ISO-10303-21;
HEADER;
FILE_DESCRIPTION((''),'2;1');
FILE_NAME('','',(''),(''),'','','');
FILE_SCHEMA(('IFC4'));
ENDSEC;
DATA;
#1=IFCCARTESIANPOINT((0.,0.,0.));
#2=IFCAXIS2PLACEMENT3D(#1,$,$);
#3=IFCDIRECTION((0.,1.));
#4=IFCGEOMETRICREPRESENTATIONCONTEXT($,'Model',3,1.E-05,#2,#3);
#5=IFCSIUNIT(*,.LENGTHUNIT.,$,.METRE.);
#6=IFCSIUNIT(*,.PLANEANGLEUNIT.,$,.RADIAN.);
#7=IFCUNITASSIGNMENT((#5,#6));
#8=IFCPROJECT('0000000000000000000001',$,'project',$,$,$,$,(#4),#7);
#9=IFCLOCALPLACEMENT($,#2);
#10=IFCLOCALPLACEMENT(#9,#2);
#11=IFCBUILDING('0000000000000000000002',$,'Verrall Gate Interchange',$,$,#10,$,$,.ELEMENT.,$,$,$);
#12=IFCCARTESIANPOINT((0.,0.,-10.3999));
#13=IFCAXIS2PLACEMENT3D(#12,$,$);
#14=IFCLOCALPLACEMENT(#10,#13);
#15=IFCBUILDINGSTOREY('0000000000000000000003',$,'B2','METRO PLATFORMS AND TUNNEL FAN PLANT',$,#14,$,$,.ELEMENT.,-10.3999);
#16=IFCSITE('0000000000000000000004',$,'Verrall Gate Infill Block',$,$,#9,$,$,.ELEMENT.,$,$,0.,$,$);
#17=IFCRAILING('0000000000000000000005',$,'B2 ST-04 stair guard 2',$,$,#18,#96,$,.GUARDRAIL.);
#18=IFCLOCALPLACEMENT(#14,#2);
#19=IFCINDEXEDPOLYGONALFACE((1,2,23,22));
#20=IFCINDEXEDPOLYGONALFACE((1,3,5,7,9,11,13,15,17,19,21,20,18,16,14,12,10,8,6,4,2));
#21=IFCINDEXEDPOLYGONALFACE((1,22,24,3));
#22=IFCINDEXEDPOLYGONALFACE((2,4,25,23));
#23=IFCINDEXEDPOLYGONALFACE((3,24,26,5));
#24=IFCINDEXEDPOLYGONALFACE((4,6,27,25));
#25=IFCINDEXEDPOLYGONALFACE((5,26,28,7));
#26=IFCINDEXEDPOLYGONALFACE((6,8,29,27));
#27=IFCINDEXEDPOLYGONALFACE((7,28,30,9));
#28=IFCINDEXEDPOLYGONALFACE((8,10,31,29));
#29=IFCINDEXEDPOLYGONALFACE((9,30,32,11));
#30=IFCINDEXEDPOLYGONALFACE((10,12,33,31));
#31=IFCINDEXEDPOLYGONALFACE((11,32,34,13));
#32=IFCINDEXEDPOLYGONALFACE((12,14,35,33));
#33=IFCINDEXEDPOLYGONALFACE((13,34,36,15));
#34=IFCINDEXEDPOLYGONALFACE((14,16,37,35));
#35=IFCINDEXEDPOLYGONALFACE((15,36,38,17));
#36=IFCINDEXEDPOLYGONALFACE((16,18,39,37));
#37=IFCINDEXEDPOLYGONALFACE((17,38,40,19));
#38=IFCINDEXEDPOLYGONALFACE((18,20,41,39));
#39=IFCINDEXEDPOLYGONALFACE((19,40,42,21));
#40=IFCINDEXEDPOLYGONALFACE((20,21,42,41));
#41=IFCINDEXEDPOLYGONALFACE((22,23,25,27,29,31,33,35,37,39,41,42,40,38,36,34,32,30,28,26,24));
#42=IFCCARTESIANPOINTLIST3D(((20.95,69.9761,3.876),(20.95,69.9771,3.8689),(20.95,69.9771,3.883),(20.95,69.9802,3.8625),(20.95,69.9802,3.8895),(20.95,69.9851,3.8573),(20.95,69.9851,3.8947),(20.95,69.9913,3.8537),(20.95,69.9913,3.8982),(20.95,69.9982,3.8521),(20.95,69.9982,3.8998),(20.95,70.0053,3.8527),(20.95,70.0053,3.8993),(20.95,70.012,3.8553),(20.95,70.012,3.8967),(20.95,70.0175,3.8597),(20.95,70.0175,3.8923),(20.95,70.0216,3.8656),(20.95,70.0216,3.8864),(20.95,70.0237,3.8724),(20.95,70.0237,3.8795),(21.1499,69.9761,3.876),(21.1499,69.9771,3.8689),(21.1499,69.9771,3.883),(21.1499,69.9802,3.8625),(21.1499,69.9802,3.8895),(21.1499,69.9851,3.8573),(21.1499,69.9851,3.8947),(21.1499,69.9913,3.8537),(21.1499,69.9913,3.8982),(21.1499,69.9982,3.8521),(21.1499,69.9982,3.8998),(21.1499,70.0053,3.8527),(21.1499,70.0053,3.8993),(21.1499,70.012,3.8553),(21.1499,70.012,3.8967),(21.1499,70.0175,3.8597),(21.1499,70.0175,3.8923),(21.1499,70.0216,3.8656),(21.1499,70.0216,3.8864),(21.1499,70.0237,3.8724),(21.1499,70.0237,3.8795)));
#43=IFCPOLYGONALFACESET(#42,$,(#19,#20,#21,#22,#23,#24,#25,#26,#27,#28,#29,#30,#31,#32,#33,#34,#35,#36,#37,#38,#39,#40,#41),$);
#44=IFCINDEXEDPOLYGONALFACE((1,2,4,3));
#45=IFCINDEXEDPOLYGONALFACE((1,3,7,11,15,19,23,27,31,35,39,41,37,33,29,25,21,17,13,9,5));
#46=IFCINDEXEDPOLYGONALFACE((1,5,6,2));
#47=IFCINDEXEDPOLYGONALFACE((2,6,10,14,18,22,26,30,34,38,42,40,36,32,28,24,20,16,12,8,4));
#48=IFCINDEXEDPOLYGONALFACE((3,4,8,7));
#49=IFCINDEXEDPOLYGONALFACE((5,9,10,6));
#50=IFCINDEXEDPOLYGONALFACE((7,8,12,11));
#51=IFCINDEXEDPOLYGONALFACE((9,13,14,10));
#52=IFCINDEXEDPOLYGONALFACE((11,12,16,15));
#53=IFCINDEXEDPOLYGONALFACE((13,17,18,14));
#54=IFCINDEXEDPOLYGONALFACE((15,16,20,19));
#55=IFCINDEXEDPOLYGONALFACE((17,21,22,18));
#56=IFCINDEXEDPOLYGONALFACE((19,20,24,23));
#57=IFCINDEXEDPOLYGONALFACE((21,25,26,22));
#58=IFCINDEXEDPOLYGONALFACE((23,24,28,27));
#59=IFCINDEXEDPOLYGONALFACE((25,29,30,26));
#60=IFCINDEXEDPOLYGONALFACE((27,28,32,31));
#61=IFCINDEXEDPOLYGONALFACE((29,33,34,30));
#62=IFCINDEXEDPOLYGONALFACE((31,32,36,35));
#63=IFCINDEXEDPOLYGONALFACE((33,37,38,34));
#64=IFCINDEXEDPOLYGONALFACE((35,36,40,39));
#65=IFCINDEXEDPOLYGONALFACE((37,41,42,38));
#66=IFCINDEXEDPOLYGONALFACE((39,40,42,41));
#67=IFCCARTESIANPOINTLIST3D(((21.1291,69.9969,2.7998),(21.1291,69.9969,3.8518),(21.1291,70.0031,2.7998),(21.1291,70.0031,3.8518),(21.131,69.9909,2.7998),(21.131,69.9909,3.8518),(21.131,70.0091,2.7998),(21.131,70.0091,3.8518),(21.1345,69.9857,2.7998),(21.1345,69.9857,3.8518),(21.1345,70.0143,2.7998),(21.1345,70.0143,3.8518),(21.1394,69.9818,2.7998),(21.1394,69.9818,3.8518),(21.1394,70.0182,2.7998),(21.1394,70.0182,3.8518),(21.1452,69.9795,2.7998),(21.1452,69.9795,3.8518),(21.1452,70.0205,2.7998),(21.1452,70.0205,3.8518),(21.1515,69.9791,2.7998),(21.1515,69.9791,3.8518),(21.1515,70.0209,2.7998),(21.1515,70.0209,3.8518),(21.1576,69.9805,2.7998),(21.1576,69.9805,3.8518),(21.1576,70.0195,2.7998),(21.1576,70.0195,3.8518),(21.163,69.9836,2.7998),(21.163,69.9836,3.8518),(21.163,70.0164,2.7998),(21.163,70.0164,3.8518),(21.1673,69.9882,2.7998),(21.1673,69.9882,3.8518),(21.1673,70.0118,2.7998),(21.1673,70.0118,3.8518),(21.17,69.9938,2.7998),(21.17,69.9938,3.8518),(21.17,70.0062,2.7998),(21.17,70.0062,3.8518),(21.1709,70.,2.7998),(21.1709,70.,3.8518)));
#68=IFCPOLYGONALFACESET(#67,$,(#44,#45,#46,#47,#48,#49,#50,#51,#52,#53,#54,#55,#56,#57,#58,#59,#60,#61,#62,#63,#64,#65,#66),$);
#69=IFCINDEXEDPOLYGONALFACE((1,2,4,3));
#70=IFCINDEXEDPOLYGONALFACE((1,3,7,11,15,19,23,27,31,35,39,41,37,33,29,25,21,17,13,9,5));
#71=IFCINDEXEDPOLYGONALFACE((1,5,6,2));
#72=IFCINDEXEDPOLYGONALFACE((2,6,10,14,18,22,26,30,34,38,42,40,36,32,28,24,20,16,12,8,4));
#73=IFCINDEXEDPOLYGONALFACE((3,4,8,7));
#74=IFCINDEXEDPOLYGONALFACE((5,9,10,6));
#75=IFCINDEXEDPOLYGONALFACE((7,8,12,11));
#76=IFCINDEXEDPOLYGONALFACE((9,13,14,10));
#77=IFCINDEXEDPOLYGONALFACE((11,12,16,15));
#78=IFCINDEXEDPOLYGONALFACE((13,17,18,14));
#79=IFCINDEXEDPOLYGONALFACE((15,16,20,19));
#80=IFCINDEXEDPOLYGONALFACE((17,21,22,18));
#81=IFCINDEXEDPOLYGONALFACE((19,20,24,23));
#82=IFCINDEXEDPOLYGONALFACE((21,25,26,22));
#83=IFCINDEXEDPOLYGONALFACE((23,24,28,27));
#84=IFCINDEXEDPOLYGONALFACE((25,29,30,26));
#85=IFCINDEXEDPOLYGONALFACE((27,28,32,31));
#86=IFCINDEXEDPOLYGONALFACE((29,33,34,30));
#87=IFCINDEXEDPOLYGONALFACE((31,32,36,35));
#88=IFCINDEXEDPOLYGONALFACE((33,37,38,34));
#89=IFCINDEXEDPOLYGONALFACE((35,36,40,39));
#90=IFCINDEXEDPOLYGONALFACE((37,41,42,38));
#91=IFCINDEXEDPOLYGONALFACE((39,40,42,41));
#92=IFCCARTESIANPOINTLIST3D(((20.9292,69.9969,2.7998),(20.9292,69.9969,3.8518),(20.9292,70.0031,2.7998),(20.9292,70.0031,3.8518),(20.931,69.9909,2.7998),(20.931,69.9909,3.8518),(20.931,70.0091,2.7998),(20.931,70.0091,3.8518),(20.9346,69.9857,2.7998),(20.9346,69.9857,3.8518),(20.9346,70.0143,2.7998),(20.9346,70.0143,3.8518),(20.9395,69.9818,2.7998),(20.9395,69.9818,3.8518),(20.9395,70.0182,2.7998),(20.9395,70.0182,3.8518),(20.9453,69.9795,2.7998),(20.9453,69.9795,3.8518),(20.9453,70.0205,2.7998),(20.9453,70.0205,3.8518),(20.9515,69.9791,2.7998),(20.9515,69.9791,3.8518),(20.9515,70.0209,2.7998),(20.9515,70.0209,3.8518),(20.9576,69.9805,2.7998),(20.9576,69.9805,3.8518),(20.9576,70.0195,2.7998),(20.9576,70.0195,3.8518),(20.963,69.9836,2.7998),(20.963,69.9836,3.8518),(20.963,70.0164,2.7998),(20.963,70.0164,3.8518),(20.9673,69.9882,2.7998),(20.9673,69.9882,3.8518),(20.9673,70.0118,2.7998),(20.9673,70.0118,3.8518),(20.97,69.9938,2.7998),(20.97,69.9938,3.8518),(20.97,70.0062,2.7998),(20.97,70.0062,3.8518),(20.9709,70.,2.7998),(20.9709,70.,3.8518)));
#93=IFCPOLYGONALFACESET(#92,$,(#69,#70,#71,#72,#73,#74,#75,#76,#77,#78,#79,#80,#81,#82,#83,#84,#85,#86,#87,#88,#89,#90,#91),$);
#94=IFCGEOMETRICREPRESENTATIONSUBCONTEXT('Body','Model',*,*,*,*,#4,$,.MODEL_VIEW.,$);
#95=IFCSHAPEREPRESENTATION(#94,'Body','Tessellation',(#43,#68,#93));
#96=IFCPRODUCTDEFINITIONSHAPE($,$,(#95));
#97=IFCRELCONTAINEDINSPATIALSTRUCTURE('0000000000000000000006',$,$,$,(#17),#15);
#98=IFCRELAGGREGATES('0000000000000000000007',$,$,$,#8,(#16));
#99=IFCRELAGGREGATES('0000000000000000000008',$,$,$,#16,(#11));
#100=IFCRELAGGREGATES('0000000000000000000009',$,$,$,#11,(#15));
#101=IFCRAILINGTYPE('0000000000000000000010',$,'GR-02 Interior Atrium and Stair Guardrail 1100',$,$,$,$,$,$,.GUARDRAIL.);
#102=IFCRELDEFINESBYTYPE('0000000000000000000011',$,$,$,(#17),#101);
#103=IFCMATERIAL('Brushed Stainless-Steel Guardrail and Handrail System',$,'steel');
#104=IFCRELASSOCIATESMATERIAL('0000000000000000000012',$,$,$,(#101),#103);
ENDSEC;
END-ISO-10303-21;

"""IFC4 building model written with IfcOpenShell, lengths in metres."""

from ifc_helpers import new_model, si_unit, direction, frame, origin, origin_2d, place, context, subcontext, project, spatial, circle, extrude, material, type_object, element, save


model = new_model("IFC4")

# Units and contexts
model_context = context("Model", 3, precision=1e-05, world=origin(), true_north=direction((0.0, 1.0)))
body_context = subcontext(model_context, "Body", "Model", "MODEL_VIEW")
ifc_project = project(units=[si_unit("LENGTHUNIT", "METRE"), si_unit("PLANEANGLEUNIT", "RADIAN")], contexts=[model_context])

# Site, building, storey
site_placement = place(None, origin())
site = spatial("IfcSite", under=ifc_project, at=site_placement, Name="Verrall Gate Infill Block", CompositionType="ELEMENT", RefElevation=0.0)
building_placement = place(site_placement, origin())
building = spatial("IfcBuilding", under=site, at=building_placement, Name="Verrall Gate Interchange", CompositionType="ELEMENT")
storey_placement = place(building_placement, frame((0.0, 0.0, -10.3999)))
storey = spatial("IfcBuildingStorey", under=building, at=storey_placement, Name="B2", Description="METRO PLATFORMS AND TUNNEL FAN PLANT", CompositionType="ELEMENT", Elevation=-10.3999)

# Railing
ifc_material_1 = material(Name="Brushed Stainless-Steel Guardrail and Handrail System", Category="steel")
railing_type_1 = type_object("IfcRailingType", Name="GR-02 Interior Atrium and Stair Guardrail 1100", PredefinedType="GUARDRAIL", material=ifc_material_1)
railing_1_placement = place(storey_placement, frame((21.1499, 70.0, 2.7998)))
element("IfcRailing", 1, at=railing_1_placement, inside=storey, type_object=railing_type_1, Name="B2 ST-04 stair guard 2", PredefinedType="GUARDRAIL", context=body_context, shape_type="SweptSolid", body=[
    extrude(circle(Radius=0.0239, at=origin_2d()), frame((0.0, 0.0, 1.0762), z_axis=(-1.0, 0.0, 0.0), x_axis=(0.0, -1.0, 0.0)), (0.0, 0.0, 1.0), 0.2),
    extrude(circle(Radius=0.021, at=origin_2d()), origin(), (0.0, 0.0, 1.0), 1.052),
    extrude(circle(Radius=0.021, at=origin_2d()), frame((-0.2, 0.0, 0.0)), (0.0, 0.0, 1.0), 1.052),
])

save(model, "model.ifc")
